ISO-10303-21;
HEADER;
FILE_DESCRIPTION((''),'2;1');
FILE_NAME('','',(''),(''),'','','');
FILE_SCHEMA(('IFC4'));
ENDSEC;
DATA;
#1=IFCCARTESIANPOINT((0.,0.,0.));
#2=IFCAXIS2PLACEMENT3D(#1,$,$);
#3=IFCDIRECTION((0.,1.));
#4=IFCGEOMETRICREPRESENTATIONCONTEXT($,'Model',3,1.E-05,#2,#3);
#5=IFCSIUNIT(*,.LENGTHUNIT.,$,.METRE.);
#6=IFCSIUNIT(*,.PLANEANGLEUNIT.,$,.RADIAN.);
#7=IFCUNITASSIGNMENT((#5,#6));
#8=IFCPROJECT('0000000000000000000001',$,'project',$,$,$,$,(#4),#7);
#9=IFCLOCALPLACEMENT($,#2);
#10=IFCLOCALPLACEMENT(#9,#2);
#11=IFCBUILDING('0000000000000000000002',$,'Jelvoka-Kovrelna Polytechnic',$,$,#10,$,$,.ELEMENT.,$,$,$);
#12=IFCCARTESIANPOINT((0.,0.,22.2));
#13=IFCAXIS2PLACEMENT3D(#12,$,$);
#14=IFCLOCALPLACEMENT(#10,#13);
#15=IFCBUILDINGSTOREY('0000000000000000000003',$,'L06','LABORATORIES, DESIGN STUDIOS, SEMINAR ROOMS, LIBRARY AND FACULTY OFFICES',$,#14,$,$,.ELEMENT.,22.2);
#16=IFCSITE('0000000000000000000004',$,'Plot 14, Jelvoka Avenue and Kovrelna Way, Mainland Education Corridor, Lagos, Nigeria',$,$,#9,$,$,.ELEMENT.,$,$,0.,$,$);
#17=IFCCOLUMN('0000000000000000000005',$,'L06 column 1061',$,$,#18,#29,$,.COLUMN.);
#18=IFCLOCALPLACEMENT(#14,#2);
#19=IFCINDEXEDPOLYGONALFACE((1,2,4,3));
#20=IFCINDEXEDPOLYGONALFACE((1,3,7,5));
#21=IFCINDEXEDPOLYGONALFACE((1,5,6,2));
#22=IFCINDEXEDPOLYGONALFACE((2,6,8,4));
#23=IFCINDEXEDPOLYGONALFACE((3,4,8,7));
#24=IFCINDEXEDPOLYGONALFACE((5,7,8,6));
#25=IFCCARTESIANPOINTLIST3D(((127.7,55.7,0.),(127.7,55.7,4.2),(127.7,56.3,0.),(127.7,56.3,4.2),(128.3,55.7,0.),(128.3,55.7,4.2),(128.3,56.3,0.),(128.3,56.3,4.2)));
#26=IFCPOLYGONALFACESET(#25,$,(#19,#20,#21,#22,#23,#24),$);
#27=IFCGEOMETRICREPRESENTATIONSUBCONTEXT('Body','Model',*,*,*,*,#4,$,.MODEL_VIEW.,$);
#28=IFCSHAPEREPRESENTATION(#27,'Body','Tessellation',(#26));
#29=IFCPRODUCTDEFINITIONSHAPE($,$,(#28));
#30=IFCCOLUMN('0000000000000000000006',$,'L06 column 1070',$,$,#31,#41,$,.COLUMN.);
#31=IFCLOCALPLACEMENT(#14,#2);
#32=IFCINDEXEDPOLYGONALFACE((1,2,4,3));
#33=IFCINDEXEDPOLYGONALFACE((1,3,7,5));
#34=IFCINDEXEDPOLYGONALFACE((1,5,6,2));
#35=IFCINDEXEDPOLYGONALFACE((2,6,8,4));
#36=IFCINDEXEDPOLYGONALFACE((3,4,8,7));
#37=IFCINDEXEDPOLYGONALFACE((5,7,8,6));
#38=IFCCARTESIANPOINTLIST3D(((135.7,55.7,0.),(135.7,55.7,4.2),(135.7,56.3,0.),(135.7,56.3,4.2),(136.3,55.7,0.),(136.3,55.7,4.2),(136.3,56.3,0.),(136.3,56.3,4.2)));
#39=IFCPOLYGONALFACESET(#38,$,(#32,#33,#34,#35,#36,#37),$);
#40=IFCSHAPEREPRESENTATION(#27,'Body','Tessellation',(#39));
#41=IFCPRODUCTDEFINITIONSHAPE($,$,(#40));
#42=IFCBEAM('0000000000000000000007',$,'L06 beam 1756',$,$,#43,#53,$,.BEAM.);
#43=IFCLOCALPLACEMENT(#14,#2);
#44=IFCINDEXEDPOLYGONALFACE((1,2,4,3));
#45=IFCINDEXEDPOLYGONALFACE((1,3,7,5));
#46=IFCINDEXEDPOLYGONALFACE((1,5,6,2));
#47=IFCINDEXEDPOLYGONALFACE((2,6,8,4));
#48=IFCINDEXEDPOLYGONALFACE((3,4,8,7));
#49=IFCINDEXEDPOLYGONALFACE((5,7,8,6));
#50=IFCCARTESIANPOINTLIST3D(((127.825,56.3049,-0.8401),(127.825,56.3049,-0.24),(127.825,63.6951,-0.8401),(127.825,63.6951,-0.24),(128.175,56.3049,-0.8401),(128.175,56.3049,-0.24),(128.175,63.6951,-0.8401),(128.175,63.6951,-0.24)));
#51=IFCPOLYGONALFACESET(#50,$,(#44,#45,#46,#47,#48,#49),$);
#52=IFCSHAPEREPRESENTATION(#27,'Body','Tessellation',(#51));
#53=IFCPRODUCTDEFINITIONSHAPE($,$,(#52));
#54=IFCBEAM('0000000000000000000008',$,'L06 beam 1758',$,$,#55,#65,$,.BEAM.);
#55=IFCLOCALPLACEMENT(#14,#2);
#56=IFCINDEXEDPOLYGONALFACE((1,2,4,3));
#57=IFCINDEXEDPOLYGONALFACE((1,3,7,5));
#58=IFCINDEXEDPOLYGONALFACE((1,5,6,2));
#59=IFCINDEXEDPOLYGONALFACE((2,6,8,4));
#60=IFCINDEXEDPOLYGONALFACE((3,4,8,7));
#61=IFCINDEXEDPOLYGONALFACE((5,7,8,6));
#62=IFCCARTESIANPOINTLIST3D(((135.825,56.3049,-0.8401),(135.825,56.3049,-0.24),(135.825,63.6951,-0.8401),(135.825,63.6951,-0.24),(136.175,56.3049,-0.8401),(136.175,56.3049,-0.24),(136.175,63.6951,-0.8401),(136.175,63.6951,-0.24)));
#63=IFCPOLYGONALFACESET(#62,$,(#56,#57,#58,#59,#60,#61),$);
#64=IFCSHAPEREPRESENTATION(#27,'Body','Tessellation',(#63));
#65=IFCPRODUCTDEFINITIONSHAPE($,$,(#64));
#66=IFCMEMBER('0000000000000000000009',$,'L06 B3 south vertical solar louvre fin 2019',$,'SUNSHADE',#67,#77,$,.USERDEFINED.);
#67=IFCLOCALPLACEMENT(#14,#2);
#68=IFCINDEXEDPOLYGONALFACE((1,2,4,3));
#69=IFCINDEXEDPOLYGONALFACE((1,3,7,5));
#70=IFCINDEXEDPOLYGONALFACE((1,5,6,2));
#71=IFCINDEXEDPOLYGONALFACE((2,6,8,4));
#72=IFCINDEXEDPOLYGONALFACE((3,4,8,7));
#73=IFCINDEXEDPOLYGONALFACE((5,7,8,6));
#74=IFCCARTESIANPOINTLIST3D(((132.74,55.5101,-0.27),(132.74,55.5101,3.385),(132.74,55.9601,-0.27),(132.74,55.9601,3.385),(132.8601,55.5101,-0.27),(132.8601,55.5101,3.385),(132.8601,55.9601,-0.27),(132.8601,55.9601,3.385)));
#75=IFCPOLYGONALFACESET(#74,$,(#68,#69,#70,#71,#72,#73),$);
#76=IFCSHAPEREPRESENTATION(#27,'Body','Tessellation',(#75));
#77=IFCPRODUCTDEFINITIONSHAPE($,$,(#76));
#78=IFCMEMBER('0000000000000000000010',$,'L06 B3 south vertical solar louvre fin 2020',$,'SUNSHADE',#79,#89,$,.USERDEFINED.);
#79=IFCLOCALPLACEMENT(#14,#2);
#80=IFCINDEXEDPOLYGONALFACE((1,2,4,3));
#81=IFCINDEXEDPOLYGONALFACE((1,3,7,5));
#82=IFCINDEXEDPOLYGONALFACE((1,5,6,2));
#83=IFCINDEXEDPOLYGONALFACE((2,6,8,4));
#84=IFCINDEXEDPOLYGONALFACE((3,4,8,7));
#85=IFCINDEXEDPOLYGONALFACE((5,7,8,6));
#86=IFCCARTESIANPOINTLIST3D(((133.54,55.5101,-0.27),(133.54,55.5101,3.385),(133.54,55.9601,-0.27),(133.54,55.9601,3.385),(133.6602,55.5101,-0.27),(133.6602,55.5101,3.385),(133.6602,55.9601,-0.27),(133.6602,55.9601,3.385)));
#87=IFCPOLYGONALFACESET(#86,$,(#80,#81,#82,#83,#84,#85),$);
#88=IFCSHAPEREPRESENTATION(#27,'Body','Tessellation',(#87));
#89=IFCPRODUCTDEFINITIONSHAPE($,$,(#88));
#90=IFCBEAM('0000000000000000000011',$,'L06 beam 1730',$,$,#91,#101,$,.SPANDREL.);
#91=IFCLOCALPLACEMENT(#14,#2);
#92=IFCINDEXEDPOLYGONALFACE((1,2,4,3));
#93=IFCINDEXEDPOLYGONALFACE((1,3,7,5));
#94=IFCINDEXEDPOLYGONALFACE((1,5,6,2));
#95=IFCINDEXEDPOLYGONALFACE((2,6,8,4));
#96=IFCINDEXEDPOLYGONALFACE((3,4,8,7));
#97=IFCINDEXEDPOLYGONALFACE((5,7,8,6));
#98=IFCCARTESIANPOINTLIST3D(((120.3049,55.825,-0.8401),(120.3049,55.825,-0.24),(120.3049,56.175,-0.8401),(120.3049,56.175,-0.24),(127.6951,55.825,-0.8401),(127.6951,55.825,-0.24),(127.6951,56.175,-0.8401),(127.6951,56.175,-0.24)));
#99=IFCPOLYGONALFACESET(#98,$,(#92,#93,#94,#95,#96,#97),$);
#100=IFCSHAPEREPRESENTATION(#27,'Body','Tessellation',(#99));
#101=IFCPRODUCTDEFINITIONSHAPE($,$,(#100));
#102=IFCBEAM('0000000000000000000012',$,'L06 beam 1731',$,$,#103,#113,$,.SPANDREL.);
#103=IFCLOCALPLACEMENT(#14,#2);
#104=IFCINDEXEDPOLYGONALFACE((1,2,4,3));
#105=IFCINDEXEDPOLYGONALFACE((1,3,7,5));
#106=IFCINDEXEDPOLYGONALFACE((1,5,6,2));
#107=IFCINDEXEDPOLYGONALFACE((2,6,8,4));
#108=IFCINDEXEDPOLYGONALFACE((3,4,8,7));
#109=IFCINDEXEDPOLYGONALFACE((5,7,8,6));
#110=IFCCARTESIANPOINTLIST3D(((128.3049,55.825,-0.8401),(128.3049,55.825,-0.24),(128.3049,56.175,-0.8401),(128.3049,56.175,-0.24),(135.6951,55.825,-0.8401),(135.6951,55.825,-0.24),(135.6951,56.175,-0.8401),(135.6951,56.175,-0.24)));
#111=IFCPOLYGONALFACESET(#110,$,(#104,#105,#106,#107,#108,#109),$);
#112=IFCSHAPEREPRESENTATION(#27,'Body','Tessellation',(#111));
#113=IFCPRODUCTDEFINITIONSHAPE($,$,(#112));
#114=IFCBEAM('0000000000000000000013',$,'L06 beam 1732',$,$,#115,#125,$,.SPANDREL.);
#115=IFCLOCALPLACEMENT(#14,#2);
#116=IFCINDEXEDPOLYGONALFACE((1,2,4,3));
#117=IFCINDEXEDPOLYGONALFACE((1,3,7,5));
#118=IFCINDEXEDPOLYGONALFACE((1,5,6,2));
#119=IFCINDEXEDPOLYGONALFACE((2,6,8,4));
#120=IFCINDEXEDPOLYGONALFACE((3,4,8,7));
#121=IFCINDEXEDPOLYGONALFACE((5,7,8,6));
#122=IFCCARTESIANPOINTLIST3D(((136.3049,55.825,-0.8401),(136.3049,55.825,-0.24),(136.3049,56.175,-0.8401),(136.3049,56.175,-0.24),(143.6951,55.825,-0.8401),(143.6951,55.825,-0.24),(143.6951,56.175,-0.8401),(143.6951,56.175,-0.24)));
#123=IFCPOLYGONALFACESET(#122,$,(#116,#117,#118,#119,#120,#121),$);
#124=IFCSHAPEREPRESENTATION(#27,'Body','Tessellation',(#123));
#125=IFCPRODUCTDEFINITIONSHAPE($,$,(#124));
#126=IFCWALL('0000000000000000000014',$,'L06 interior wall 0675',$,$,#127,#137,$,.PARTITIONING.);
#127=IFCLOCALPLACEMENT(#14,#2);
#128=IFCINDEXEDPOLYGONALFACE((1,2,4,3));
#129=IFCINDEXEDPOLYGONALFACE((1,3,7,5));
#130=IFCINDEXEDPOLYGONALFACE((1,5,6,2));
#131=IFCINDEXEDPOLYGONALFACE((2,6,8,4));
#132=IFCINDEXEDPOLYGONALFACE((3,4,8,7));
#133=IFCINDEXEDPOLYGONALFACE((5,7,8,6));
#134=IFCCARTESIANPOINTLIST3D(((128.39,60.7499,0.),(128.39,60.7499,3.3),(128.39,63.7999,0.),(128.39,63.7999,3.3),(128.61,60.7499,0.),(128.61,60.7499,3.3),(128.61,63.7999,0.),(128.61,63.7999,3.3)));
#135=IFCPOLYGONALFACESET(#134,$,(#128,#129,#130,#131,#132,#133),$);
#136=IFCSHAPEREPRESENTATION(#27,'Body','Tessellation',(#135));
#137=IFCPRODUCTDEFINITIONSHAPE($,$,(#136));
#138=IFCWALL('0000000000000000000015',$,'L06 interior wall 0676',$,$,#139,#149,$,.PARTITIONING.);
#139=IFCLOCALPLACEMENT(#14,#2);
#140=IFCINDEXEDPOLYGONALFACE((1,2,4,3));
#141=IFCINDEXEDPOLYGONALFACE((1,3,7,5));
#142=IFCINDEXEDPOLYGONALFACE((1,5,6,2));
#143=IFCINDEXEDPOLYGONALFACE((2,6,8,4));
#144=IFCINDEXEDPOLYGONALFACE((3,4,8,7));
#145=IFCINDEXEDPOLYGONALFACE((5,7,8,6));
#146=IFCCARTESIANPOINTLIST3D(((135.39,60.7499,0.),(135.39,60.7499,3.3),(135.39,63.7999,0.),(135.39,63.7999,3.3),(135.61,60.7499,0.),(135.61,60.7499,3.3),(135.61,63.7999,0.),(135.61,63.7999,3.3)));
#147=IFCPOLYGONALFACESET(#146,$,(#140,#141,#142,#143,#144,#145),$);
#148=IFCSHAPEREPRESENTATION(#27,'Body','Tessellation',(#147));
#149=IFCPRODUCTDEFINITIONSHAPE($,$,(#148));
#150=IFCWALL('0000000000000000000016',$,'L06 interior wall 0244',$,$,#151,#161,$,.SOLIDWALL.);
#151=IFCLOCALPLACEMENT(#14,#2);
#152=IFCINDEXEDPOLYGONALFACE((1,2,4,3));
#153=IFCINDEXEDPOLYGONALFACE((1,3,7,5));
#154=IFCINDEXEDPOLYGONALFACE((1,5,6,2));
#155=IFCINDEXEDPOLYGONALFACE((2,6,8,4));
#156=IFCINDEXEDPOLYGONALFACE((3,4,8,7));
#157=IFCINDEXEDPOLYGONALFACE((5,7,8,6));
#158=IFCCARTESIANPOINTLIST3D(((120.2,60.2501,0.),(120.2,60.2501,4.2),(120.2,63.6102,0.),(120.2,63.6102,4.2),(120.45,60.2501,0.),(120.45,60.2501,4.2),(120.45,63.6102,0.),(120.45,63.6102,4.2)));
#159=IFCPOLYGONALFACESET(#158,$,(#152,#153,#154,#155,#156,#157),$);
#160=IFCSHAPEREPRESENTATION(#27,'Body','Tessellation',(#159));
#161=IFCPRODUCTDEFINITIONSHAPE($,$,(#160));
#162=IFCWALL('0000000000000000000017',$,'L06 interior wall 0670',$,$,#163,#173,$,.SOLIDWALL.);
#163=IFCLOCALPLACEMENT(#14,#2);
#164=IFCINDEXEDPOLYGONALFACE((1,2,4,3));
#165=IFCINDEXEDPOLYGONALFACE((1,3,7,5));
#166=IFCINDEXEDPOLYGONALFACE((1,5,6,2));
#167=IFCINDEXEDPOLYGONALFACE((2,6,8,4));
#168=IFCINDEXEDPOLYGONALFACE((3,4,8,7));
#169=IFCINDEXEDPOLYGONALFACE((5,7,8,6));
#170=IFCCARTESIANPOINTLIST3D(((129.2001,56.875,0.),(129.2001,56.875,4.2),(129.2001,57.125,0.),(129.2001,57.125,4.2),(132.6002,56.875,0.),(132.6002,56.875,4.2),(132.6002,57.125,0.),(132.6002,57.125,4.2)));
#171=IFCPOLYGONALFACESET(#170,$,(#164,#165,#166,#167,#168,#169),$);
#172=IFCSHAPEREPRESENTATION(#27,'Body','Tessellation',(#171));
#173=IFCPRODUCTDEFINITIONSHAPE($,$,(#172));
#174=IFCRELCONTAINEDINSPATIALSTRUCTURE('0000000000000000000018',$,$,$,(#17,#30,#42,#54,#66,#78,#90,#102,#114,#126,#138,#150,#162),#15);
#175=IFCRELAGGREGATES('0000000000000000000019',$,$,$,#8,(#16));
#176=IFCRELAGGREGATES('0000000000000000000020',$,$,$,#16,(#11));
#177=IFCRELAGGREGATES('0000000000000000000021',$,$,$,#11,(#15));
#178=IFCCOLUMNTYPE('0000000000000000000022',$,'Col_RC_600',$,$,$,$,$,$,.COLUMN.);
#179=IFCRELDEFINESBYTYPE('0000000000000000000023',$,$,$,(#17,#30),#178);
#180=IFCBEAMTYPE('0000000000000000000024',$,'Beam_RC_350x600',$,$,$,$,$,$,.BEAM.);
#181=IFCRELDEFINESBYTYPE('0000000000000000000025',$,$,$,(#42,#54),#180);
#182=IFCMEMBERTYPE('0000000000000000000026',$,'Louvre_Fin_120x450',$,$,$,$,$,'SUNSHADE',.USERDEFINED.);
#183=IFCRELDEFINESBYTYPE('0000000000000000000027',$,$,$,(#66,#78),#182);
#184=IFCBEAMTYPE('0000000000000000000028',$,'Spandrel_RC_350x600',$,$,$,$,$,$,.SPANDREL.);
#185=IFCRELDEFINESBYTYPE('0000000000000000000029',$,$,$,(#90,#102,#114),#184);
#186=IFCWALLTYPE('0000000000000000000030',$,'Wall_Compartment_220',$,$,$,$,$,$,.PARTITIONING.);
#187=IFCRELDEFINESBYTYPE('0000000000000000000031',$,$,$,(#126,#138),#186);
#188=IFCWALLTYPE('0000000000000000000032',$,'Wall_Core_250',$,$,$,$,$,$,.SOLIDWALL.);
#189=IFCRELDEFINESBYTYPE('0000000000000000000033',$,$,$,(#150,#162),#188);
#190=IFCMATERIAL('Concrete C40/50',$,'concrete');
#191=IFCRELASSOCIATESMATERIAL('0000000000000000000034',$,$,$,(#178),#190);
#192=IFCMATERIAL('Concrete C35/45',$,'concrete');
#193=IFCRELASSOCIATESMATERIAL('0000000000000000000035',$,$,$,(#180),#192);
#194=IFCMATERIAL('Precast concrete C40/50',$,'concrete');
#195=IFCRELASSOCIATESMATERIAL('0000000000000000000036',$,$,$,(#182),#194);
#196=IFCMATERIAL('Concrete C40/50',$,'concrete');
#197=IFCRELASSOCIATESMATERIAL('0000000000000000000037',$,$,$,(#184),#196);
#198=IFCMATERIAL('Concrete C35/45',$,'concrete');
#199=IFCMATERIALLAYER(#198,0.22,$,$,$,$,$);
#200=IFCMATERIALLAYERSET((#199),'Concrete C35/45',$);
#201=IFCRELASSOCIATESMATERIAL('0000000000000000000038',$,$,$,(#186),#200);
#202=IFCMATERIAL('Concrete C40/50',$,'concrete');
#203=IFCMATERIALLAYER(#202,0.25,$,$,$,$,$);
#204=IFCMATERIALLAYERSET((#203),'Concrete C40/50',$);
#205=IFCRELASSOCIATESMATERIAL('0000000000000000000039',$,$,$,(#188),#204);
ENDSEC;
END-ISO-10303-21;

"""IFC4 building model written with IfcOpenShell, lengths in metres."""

from ifc_helpers import new_model, si_unit, direction, frame, frame_2d, origin, origin_2d, place, context, subcontext, project, spatial, rectangle, extrude, material, layer, layer_set, material_profile, profile_set, type_object, element, save


model = new_model("IFC4")

# Units and contexts
model_context = context("Model", 3, precision=1e-05, world=origin(), true_north=direction((0.0, 1.0)))
body_context = subcontext(model_context, "Body", "Model", "MODEL_VIEW")
ifc_project = project(units=[si_unit("LENGTHUNIT", "METRE"), si_unit("PLANEANGLEUNIT", "RADIAN")], contexts=[model_context])

# Site, building, storey
site_placement = place(None, origin())
site = spatial("IfcSite", under=ifc_project, at=site_placement, Name="Plot 14, Jelvoka Avenue and Kovrelna Way, Mainland Education Corridor, Lagos, Nigeria", CompositionType="ELEMENT", RefElevation=0.0)
building_placement = place(site_placement, origin())
building = spatial("IfcBuilding", under=site, at=building_placement, Name="Jelvoka-Kovrelna Polytechnic", CompositionType="ELEMENT")
storey_placement = place(building_placement, frame((0.0, 0.0, 22.2)))
storey = spatial("IfcBuildingStorey", under=building, at=storey_placement, Name="L06", Description="LABORATORIES, DESIGN STUDIOS, SEMINAR ROOMS, LIBRARY AND FACULTY OFFICES", CompositionType="ELEMENT", Elevation=22.2)

# Columns
ifc_material_1 = material(Name="Concrete C40/50", Category="concrete")
ifc_material_profile_1 = material_profile(ifc_material_1, rectangle(XDim=0.6001, YDim=0.6001, at=origin_2d()), Name="RC 600x600")
ifc_profile_set_1 = profile_set([ifc_material_profile_1], Name="Concrete C40/50")
column_type = type_object("IfcColumnType", Name="Col_RC_600", PredefinedType="COLUMN", material=ifc_profile_set_1)
for number, where, z_axis, x_axis, name in (
    (1, (128.0, 56.0, 0.0), (0.0, 0.0, 1.0), (1.0, 0.0, 0.0), "L06 column 1061"),
    (2, (136.0, 56.0, 0.0), (0.0, 0.0, 1.0), (1.0, 0.0, 0.0), "L06 column 1070"),
):
    element("IfcColumn", number, at=place(storey_placement, frame(where, z_axis=z_axis, x_axis=x_axis)), inside=storey, type_object=column_type, Name=name, PredefinedType="COLUMN", context=body_context, shape_type="SweptSolid", body=[
        extrude(rectangle(XDim=0.6001, YDim=0.6001, at=origin_2d()), origin(), (0.0, 0.0, 1.0), 4.2),
    ])

# Beams
ifc_material_2 = material(Name="Concrete C35/45", Category="concrete")
ifc_material_profile_2 = material_profile(ifc_material_2, rectangle(XDim=0.3501, YDim=0.6001, at=origin_2d()), Name="RC 350x600")
ifc_profile_set_2 = profile_set([ifc_material_profile_2], Name="Concrete C35/45")
beam_type_1 = type_object("IfcBeamType", Name="Beam_RC_350x600", PredefinedType="BEAM", material=ifc_profile_set_2)
for number, where, z_axis, x_axis, name in (
    (3, (128.0, 56.3049, -0.54), (0.0, 1.0, 0.0), (-1.0, 0.0, 0.0), "L06 beam 1756"),
    (4, (136.0, 56.3049, -0.54), (0.0, 1.0, 0.0), (-1.0, 0.0, 0.0), "L06 beam 1758"),
):
    element("IfcBeam", number, at=place(storey_placement, frame(where, z_axis=z_axis, x_axis=x_axis)), inside=storey, type_object=beam_type_1, Name=name, PredefinedType="BEAM", context=body_context, shape_type="SweptSolid", body=[
        extrude(rectangle(XDim=0.3501, YDim=0.6001, at=origin_2d()), origin(), (0.0, 0.0, 1.0), 7.3901),
    ])

# Members
ifc_material_3 = material(Name="Precast concrete C40/50", Category="concrete")
ifc_material_profile_3 = material_profile(ifc_material_3, rectangle(XDim=0.1201, YDim=0.45, at=origin_2d()), Name="PC 120x450")
ifc_profile_set_3 = profile_set([ifc_material_profile_3], Name="Precast concrete C40/50")
member_type = type_object("IfcMemberType", Name="Louvre_Fin_120x450", ElementType="SUNSHADE", PredefinedType="USERDEFINED", material=ifc_profile_set_3)
for number, where, z_axis, x_axis, name in (
    (5, (132.8, 55.7351, -0.27), (0.0, 0.0, 1.0), (1.0, 0.0, 0.0), "L06 B3 south vertical solar louvre fin 2019"),
    (6, (133.6001, 55.7351, -0.27), (0.0, 0.0, 1.0), (1.0, 0.0, 0.0), "L06 B3 south vertical solar louvre fin 2020"),
):
    element("IfcMember", number, at=place(storey_placement, frame(where, z_axis=z_axis, x_axis=x_axis)), inside=storey, type_object=member_type, Name=name, ObjectType="SUNSHADE", PredefinedType="USERDEFINED", context=body_context, shape_type="SweptSolid", body=[
        extrude(rectangle(XDim=0.1201, YDim=0.45, at=origin_2d()), origin(), (0.0, 0.0, 1.0), 3.655),
    ])

# Beams
ifc_material_4 = material(Name="Concrete C40/50", Category="concrete")
ifc_material_profile_4 = material_profile(ifc_material_4, rectangle(XDim=0.3501, YDim=0.6001, at=origin_2d()), Name="RC 350x600")
ifc_profile_set_4 = profile_set([ifc_material_profile_4], Name="Concrete C40/50")
beam_type_2 = type_object("IfcBeamType", Name="Spandrel_RC_350x600", PredefinedType="SPANDREL", material=ifc_profile_set_4)
for number, where, z_axis, x_axis, name in (
    (7, (120.3049, 56.0, -0.54), (1.0, 0.0, 0.0), (0.0, 1.0, 0.0), "L06 beam 1730"),
    (8, (128.3049, 56.0, -0.54), (1.0, 0.0, 0.0), (0.0, 1.0, 0.0), "L06 beam 1731"),
    (9, (136.3049, 56.0, -0.54), (1.0, 0.0, 0.0), (0.0, 1.0, 0.0), "L06 beam 1732"),
):
    element("IfcBeam", number, at=place(storey_placement, frame(where, z_axis=z_axis, x_axis=x_axis)), inside=storey, type_object=beam_type_2, Name=name, PredefinedType="SPANDREL", context=body_context, shape_type="SweptSolid", body=[
        extrude(rectangle(XDim=0.3501, YDim=0.6001, at=origin_2d()), origin(), (0.0, 0.0, 1.0), 7.3901),
    ])

# Walls
ifc_material_5 = material(Name="Concrete C35/45", Category="concrete")
ifc_layer_1 = layer(ifc_material_5, 0.22)
ifc_layer_set_1 = layer_set([ifc_layer_1], Name="Concrete C35/45")
wall_type_1 = type_object("IfcWallType", Name="Wall_Compartment_220", PredefinedType="PARTITIONING", material=ifc_layer_set_1)
for number, where, z_axis, x_axis, name in (
    (10, (128.5, 60.75, 0.0), (0.0, 0.0, 1.0), (0.0, 1.0, 0.0), "L06 interior wall 0675"),
    (11, (135.5, 60.75, 0.0), (0.0, 0.0, 1.0), (0.0, 1.0, 0.0), "L06 interior wall 0676"),
):
    element("IfcWall", number, at=place(storey_placement, frame(where, z_axis=z_axis, x_axis=x_axis)), inside=storey, type_object=wall_type_1, Name=name, PredefinedType="PARTITIONING", context=body_context, shape_type="SweptSolid", body=[
        extrude(rectangle(XDim=3.05, YDim=0.22, at=frame_2d((1.5249, 0.0))), origin(), (0.0, 0.0, 1.0), 3.3),
    ])
ifc_material_6 = material(Name="Concrete C40/50", Category="concrete")
ifc_layer_2 = layer(ifc_material_6, 0.25)
ifc_layer_set_2 = layer_set([ifc_layer_2], Name="Concrete C40/50")
wall_type_2 = type_object("IfcWallType", Name="Wall_Core_250", PredefinedType="SOLIDWALL", material=ifc_layer_set_2)
wall_1_placement = place(storey_placement, frame((120.325, 60.25, 0.0), z_axis=(0.0, 0.0, 1.0), x_axis=(0.0, 1.0, 0.0)))
element("IfcWall", 12, at=wall_1_placement, inside=storey, type_object=wall_type_2, Name="L06 interior wall 0244", PredefinedType="SOLIDWALL", context=body_context, shape_type="SweptSolid", body=[
    extrude(rectangle(XDim=3.3601, YDim=0.25, at=frame_2d((1.6802, 0.0))), origin(), (0.0, 0.0, 1.0), 4.2),
])
wall_2_placement = place(storey_placement, frame((129.2, 57.0, 0.0), z_axis=(0.0, 0.0, 1.0), x_axis=(1.0, 0.0, 0.0)))
element("IfcWall", 13, at=wall_2_placement, inside=storey, type_object=wall_type_2, Name="L06 interior wall 0670", PredefinedType="SOLIDWALL", context=body_context, shape_type="SweptSolid", body=[
    extrude(rectangle(XDim=3.4001, YDim=0.25, at=frame_2d((1.7002, 0.0))), origin(), (0.0, 0.0, 1.0), 4.2),
])

save(model, "model.ifc")
